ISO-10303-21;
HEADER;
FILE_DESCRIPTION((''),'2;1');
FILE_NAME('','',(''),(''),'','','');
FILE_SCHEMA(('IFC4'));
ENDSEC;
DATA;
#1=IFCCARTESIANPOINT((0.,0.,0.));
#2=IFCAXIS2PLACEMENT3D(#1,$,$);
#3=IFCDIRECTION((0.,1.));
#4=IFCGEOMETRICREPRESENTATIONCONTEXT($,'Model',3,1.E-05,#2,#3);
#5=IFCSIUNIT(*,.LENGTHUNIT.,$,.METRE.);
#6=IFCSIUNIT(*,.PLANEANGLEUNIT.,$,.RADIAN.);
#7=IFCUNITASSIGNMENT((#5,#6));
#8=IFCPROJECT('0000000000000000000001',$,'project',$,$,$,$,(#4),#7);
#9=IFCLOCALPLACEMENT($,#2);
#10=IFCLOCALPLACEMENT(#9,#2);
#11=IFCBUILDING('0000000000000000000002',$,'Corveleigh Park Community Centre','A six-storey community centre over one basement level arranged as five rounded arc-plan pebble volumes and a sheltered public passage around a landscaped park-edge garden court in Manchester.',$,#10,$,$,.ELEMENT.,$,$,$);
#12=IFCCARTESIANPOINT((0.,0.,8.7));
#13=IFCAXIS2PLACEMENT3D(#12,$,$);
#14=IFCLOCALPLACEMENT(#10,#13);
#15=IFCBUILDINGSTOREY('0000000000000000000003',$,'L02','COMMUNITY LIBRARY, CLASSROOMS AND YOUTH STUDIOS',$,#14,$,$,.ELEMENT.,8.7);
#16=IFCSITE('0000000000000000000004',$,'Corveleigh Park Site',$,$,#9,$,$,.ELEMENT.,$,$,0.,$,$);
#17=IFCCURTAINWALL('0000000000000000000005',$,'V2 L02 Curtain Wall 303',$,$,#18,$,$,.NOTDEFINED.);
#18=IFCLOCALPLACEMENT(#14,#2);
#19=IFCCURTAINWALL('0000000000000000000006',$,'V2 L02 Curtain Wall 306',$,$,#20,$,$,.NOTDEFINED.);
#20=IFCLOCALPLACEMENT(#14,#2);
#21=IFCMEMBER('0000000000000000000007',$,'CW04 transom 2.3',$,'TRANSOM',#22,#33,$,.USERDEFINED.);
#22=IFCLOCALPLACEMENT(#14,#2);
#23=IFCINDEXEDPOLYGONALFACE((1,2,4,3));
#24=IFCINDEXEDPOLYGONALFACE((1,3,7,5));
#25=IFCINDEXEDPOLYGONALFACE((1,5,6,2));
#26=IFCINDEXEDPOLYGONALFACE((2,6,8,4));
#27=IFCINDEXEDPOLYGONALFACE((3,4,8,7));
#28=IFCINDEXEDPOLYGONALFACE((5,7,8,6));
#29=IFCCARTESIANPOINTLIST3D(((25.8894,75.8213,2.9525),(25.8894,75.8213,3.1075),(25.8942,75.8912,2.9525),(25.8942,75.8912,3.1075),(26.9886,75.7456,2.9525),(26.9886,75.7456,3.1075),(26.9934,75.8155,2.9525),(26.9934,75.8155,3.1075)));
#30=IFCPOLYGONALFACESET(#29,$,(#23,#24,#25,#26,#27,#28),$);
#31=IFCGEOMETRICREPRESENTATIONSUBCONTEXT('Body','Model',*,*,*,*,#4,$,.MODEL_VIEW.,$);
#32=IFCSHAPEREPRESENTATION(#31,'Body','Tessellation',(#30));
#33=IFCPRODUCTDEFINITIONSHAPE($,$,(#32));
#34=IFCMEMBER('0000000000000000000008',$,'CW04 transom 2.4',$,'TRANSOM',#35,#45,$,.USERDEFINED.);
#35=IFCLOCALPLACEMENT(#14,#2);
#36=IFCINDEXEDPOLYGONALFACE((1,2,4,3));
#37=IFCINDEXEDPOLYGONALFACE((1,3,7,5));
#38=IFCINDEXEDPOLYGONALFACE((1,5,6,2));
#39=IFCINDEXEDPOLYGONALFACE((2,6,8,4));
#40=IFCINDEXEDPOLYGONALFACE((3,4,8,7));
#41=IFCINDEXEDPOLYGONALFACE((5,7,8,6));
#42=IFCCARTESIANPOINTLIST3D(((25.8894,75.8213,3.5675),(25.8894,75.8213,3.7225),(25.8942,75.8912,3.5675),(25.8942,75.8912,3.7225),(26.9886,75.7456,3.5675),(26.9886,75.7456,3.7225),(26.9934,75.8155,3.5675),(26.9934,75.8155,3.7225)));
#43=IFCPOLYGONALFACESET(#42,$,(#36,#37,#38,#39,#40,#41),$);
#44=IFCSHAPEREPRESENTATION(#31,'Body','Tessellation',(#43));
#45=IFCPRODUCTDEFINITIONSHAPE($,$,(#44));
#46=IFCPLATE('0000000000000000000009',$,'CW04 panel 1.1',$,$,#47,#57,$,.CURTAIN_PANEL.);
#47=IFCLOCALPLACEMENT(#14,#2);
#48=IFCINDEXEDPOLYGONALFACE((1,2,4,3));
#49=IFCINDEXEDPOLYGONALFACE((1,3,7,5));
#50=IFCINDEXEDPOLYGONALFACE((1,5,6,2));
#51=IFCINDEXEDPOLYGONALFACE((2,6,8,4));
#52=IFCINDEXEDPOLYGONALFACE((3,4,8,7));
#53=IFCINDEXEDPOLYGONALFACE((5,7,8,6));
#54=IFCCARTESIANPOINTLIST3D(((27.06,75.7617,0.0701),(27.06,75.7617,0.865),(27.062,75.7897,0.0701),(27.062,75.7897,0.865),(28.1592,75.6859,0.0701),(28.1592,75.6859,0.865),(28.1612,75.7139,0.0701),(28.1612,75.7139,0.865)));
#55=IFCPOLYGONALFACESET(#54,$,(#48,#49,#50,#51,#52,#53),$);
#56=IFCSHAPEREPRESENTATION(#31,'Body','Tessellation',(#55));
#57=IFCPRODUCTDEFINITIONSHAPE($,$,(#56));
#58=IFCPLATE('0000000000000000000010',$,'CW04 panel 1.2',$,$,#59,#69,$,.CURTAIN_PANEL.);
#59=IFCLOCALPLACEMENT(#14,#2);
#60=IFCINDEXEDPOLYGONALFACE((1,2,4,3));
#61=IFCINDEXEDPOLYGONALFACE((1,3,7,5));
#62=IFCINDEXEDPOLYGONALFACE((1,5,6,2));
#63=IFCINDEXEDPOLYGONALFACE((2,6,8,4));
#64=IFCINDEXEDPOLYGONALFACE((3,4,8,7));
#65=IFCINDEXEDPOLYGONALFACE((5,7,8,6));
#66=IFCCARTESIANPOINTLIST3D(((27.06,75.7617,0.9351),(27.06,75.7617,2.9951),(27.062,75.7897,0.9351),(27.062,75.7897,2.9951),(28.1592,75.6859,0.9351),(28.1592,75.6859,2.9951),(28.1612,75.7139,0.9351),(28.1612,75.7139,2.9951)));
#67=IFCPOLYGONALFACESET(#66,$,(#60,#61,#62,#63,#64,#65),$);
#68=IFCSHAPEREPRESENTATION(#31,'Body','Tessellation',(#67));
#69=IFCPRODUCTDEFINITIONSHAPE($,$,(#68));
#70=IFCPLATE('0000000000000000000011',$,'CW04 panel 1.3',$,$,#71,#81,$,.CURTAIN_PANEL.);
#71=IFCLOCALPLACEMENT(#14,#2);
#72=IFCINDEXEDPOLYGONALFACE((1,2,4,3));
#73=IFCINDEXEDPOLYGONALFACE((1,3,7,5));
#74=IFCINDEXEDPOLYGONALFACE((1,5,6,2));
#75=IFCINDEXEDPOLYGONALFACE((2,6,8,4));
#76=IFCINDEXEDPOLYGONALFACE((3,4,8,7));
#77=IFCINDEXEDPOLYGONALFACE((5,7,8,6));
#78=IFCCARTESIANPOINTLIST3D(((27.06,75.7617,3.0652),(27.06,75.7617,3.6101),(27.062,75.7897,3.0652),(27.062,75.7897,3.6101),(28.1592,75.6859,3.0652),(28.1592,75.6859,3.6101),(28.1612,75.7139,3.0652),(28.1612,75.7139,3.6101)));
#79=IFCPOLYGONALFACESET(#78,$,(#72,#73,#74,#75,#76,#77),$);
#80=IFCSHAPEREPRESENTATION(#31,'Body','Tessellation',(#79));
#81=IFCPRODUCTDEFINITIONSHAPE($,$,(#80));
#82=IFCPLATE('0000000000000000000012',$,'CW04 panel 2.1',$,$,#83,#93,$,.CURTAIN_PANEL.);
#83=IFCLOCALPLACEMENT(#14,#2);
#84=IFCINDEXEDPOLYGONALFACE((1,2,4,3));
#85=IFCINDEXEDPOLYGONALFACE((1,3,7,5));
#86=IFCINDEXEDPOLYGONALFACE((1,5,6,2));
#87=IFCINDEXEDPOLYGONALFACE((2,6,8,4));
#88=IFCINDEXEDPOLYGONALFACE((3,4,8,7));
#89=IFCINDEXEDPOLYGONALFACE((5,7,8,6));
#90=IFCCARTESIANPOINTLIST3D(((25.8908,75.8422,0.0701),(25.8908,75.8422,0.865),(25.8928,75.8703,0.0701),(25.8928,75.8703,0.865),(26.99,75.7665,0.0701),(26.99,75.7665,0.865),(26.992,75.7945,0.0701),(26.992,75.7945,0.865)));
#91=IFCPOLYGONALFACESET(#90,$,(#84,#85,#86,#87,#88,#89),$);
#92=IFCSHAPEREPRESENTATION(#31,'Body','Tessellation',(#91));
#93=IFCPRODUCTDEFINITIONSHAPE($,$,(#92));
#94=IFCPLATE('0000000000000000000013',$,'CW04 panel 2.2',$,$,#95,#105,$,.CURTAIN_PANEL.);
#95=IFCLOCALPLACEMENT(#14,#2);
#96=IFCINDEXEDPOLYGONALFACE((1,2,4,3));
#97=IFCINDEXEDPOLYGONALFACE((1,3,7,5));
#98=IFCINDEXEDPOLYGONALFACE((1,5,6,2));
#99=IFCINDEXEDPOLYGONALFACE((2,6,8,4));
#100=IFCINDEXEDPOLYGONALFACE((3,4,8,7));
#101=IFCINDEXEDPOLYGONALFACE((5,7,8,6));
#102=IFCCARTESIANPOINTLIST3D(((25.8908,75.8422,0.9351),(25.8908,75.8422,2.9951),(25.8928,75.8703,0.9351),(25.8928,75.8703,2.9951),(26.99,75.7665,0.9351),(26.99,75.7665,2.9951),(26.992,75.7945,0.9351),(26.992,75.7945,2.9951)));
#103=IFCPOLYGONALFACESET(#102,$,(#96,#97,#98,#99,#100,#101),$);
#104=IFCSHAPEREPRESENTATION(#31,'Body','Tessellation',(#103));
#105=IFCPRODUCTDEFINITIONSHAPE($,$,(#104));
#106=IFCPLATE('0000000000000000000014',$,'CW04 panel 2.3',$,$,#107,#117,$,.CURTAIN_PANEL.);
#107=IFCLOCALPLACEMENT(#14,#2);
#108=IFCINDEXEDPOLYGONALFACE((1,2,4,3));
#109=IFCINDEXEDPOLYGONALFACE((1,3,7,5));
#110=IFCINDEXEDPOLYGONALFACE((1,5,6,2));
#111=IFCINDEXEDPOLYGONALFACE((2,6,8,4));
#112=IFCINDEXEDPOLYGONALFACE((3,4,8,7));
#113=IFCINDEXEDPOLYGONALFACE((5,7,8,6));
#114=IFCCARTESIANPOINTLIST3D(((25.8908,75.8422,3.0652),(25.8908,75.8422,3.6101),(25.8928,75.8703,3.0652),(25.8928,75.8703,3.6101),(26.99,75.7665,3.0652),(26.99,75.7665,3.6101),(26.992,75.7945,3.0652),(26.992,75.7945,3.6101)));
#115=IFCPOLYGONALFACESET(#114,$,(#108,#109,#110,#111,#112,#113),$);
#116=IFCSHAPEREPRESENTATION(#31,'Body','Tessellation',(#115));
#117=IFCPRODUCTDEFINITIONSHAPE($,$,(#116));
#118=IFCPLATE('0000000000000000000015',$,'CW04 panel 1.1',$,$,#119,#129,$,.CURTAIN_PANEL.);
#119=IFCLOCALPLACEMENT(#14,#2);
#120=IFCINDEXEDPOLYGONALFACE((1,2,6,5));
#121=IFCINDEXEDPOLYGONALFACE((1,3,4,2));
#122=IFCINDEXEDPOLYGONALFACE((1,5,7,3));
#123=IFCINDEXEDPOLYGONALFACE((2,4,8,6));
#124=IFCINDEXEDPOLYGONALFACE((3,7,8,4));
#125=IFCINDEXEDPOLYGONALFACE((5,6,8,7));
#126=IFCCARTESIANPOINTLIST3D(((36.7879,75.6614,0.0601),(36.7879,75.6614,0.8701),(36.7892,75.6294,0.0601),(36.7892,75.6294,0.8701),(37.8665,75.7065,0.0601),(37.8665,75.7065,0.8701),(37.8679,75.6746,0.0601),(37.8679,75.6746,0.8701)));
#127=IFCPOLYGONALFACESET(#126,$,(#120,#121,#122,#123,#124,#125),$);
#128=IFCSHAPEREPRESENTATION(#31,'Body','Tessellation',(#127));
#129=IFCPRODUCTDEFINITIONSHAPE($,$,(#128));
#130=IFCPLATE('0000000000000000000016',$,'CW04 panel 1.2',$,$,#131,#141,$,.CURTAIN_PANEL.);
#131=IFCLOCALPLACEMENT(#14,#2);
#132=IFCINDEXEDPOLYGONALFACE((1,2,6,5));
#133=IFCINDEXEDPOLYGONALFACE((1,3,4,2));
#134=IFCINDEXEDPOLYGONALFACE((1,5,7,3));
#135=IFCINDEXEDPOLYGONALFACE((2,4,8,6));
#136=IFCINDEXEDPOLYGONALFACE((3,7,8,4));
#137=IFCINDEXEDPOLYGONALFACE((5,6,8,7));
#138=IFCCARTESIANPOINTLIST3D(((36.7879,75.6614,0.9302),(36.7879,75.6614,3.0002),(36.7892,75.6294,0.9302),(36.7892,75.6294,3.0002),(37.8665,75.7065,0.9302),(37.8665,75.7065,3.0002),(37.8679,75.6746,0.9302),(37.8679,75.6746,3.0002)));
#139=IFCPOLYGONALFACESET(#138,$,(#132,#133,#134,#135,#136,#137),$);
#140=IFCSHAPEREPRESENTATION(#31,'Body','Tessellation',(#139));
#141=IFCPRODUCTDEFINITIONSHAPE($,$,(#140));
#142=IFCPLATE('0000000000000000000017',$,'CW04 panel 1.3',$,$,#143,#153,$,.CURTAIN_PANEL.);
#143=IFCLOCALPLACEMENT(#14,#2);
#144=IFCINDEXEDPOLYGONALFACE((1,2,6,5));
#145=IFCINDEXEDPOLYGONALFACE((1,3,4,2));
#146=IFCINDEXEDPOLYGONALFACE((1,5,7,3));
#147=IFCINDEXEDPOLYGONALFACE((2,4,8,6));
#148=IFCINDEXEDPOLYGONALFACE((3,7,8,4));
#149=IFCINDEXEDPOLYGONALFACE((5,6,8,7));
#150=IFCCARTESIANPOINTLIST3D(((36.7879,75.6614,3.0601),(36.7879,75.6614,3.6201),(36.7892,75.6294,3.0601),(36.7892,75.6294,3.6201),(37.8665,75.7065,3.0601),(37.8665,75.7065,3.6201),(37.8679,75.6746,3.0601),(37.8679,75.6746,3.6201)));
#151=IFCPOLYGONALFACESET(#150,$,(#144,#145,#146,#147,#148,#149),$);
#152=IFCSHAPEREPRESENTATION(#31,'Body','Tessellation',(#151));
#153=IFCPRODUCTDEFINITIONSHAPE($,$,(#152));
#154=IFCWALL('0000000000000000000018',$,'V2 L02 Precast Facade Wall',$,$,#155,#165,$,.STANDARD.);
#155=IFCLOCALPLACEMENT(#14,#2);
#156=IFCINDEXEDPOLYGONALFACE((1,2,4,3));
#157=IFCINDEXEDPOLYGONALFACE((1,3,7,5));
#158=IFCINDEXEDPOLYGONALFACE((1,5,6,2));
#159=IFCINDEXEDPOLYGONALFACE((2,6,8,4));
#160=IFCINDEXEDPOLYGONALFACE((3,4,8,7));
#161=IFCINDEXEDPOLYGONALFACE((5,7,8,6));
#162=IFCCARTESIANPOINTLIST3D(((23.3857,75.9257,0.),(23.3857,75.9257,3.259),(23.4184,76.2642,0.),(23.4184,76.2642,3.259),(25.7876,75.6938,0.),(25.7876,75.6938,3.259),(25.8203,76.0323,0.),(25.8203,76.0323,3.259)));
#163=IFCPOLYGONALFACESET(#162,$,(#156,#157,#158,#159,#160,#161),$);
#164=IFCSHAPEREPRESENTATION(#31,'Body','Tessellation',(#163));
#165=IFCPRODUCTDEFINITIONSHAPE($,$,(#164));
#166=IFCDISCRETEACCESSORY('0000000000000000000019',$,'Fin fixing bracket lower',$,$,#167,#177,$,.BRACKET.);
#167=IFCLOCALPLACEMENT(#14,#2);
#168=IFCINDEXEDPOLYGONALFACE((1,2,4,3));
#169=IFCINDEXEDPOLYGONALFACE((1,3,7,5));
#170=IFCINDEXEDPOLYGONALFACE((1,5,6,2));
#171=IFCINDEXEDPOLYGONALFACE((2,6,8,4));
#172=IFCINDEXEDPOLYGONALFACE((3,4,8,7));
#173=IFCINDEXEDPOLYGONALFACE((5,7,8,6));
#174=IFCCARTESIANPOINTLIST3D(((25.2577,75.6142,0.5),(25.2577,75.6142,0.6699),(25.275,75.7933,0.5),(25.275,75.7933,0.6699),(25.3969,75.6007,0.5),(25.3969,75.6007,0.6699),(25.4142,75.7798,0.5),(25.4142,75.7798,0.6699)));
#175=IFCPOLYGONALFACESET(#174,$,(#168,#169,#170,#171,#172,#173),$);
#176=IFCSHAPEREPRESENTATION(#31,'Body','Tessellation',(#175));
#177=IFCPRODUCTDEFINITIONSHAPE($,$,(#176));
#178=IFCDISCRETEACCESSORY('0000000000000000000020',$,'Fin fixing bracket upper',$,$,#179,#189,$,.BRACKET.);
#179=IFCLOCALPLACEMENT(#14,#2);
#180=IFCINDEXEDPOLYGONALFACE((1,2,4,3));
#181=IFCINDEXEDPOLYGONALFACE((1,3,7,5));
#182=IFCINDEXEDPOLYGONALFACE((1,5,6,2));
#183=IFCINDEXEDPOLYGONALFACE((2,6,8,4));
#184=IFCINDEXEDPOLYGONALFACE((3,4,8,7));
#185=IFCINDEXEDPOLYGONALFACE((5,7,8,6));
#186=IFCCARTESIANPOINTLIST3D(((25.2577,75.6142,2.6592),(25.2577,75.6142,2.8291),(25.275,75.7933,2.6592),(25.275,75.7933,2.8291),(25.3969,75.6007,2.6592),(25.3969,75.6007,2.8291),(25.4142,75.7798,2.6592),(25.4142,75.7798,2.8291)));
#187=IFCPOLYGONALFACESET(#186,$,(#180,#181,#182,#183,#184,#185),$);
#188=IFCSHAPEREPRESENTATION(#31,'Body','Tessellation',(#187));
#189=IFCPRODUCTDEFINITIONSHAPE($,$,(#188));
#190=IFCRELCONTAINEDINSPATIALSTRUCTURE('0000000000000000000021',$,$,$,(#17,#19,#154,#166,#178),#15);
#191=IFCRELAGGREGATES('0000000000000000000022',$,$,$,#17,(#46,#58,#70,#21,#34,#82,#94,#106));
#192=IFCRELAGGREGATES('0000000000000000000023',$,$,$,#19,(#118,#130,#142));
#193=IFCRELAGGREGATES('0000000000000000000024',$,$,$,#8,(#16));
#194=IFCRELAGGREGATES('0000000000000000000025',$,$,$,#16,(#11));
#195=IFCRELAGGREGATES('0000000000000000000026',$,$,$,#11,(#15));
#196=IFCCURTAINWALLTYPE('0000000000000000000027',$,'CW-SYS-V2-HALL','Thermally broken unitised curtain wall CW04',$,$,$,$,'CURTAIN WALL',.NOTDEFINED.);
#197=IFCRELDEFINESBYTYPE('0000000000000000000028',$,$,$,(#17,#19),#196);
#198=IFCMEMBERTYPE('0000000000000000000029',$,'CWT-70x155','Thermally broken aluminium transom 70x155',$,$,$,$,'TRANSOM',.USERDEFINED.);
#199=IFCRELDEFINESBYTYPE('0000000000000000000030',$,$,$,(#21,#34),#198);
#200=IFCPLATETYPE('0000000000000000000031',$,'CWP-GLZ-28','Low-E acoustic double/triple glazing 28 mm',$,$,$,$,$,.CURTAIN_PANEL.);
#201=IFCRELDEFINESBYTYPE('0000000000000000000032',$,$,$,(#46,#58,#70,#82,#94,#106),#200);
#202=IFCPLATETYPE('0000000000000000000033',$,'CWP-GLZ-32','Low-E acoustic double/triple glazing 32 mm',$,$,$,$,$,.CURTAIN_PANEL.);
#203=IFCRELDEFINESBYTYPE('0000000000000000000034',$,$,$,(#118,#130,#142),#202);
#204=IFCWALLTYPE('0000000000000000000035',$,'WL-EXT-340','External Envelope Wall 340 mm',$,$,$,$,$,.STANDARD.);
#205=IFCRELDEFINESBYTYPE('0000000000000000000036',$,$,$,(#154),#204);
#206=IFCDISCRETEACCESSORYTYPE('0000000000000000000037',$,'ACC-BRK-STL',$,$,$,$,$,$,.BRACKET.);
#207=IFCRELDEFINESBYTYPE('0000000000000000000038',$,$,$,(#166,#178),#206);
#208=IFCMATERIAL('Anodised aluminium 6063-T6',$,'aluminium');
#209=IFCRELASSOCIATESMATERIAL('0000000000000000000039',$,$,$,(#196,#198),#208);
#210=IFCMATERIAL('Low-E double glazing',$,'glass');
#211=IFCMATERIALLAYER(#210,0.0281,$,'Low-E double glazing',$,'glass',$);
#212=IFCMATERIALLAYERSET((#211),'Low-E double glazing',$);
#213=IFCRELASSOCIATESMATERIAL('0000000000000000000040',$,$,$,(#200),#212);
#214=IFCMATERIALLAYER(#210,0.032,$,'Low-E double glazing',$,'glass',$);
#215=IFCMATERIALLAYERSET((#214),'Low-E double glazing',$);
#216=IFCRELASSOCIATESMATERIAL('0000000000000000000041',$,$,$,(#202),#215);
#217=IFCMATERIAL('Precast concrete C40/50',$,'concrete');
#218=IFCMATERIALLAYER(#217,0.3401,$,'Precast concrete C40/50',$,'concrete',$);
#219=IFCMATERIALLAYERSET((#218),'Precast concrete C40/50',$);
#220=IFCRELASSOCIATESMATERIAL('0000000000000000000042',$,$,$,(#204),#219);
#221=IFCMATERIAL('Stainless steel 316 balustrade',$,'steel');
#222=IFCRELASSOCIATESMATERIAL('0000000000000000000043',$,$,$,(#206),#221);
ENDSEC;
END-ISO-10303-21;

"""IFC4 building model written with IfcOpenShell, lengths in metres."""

from ifc_helpers import new_model, si_unit, direction, frame, frame_2d, origin, origin_2d, place, context, subcontext, project, spatial, rectangle, extrude, material, layer, layer_set, material_profile, profile_set, type_object, element, aggregate, save


model = new_model("IFC4")

# Units and contexts
model_context = context("Model", 3, precision=1e-05, world=origin(), true_north=direction((0.0, 1.0)))
body_context = subcontext(model_context, "Body", "Model", "MODEL_VIEW")
ifc_project = project(units=[si_unit("LENGTHUNIT", "METRE"), si_unit("PLANEANGLEUNIT", "RADIAN")], contexts=[model_context])

# Site, building, storey
site_placement = place(None, origin())
site = spatial("IfcSite", under=ifc_project, at=site_placement, Name="Corveleigh Park Site", CompositionType="ELEMENT", RefElevation=0.0)
building_placement = place(site_placement, origin())
building = spatial("IfcBuilding", under=site, at=building_placement, Name="Corveleigh Park Community Centre", Description="A six-storey community centre over one basement level arranged as five rounded arc-plan pebble volumes and a sheltered public passage around a landscaped park-edge garden court in Manchester.", CompositionType="ELEMENT")
storey_placement = place(building_placement, frame((0.0, 0.0, 8.7)))
storey = spatial("IfcBuildingStorey", under=building, at=storey_placement, Name="L02", Description="COMMUNITY LIBRARY, CLASSROOMS AND YOUTH STUDIOS", CompositionType="ELEMENT", Elevation=8.7)

# Curtain wall
ifc_material_1 = material(Name="Anodised aluminium 6063-T6", Category="aluminium")
curtain_wall_type = type_object("IfcCurtainWallType", Name="CW-SYS-V2-HALL", Description="Thermally broken unitised curtain wall CW04", ElementType="CURTAIN WALL", PredefinedType="NOTDEFINED", material=ifc_material_1)
curtain_wall_1_placement = place(storey_placement, origin())
curtain_wall_1 = element("IfcCurtainWall", 1, at=curtain_wall_1_placement, inside=storey, type_object=curtain_wall_type, Name="V2 L02 Curtain Wall 303", PredefinedType="NOTDEFINED")

# Curtain wall
curtain_wall_2_placement = place(storey_placement, origin())
curtain_wall_2 = element("IfcCurtainWall", 2, at=curtain_wall_2_placement, inside=storey, type_object=curtain_wall_type, Name="V2 L02 Curtain Wall 306", PredefinedType="NOTDEFINED")

# Members
ifc_material_profile_1 = material_profile(ifc_material_1, rectangle(XDim=0.0701, YDim=0.155, at=origin_2d()), Name="ALU-T70x155", Category="aluminium")
ifc_profile_set_1 = profile_set([ifc_material_profile_1], Name="Anodised aluminium 6063-T6")
member_type_1 = type_object("IfcMemberType", Name="CWT-70x155", Description="Thermally broken aluminium transom 70x155", ElementType="TRANSOM", PredefinedType="USERDEFINED", material=ifc_profile_set_1)
member_1_placement = place(storey_placement, frame((26.991, 75.7805, 3.03), z_axis=(-0.997638, 0.068696, 0.0), x_axis=(-0.068696, -0.997638, 0.0)))
member_1 = element("IfcMember", 3, at=member_1_placement, type_object=member_type_1, Name="CW04 transom 2.3", ObjectType="TRANSOM", PredefinedType="USERDEFINED", context=body_context, shape_type="SweptSolid", body=[
    extrude(rectangle(XDim=0.0701, YDim=0.155, at=origin_2d()), origin(), (0.0, 0.0, 1.0), 1.1018),
])
member_2_placement = place(storey_placement, frame((26.991, 75.7805, 3.645), z_axis=(-0.997638, 0.068696, 0.0), x_axis=(-0.068696, -0.997638, 0.0)))
member_2 = element("IfcMember", 4, at=member_2_placement, type_object=member_type_1, Name="CW04 transom 2.4", ObjectType="TRANSOM", PredefinedType="USERDEFINED", context=body_context, shape_type="SweptSolid", body=[
    extrude(rectangle(XDim=0.0701, YDim=0.155, at=origin_2d()), origin(), (0.0, 0.0, 1.0), 1.1018),
])

# Plates
ifc_material_2 = material(Name="Low-E double glazing", Category="glass")
ifc_layer_1 = layer(ifc_material_2, 0.0281, Name="Low-E double glazing", Category="glass")
ifc_layer_set_1 = layer_set([ifc_layer_1], Name="Low-E double glazing")
plate_type_1 = type_object("IfcPlateType", Name="CWP-GLZ-28", Description="Low-E acoustic double/triple glazing 28 mm", PredefinedType="CURTAIN_PANEL", material=ifc_layer_set_1)
plate_1_placement = place(storey_placement, frame((27.6106, 75.7378, 0.0701), z_axis=(0.0, 0.0, 1.0), x_axis=(-0.997632, 0.068774, 0.0)))
plate_1 = element("IfcPlate", 5, at=plate_1_placement, type_object=plate_type_1, Name="CW04 panel 1.1", PredefinedType="CURTAIN_PANEL", context=body_context, shape_type="SweptSolid", body=[
    extrude(rectangle(XDim=1.1018, YDim=0.0281, at=origin_2d()), origin(), (0.0, 0.0, 1.0), 0.7949),
])
plate_2_placement = place(storey_placement, frame((27.6106, 75.7378, 0.9351), z_axis=(0.0, 0.0, 1.0), x_axis=(-0.997632, 0.068774, 0.0)))
plate_2 = element("IfcPlate", 6, at=plate_2_placement, type_object=plate_type_1, Name="CW04 panel 1.2", PredefinedType="CURTAIN_PANEL", context=body_context, shape_type="SweptSolid", body=[
    extrude(rectangle(XDim=1.1018, YDim=0.0281, at=origin_2d()), origin(), (0.0, 0.0, 1.0), 2.0601),
])
plate_3_placement = place(storey_placement, frame((27.6106, 75.7378, 3.0652), z_axis=(0.0, 0.0, 1.0), x_axis=(-0.997632, 0.068774, 0.0)))
plate_3 = element("IfcPlate", 7, at=plate_3_placement, type_object=plate_type_1, Name="CW04 panel 1.3", PredefinedType="CURTAIN_PANEL", context=body_context, shape_type="SweptSolid", body=[
    extrude(rectangle(XDim=1.1018, YDim=0.0281, at=origin_2d()), origin(), (0.0, 0.0, 1.0), 0.5449),
])
plate_4_placement = place(storey_placement, frame((26.4414, 75.8184, 0.0701), z_axis=(0.0, 0.0, 1.0), x_axis=(-0.997632, 0.068774, 0.0)))
plate_4 = element("IfcPlate", 8, at=plate_4_placement, type_object=plate_type_1, Name="CW04 panel 2.1", PredefinedType="CURTAIN_PANEL", context=body_context, shape_type="SweptSolid", body=[
    extrude(rectangle(XDim=1.1018, YDim=0.0281, at=origin_2d()), origin(), (0.0, 0.0, 1.0), 0.7949),
])
plate_5_placement = place(storey_placement, frame((26.4414, 75.8184, 0.9351), z_axis=(0.0, 0.0, 1.0), x_axis=(-0.997632, 0.068774, 0.0)))
plate_5 = element("IfcPlate", 9, at=plate_5_placement, type_object=plate_type_1, Name="CW04 panel 2.2", PredefinedType="CURTAIN_PANEL", context=body_context, shape_type="SweptSolid", body=[
    extrude(rectangle(XDim=1.1018, YDim=0.0281, at=origin_2d()), origin(), (0.0, 0.0, 1.0), 2.0601),
])
plate_6_placement = place(storey_placement, frame((26.4414, 75.8184, 3.0652), z_axis=(0.0, 0.0, 1.0), x_axis=(-0.997632, 0.068774, 0.0)))
plate_6 = element("IfcPlate", 10, at=plate_6_placement, type_object=plate_type_1, Name="CW04 panel 2.3", PredefinedType="CURTAIN_PANEL", context=body_context, shape_type="SweptSolid", body=[
    extrude(rectangle(XDim=1.1018, YDim=0.0281, at=origin_2d()), origin(), (0.0, 0.0, 1.0), 0.5449),
])
aggregate(curtain_wall_1, [plate_1, plate_2, plate_3, member_1, member_2, plate_4, plate_5, plate_6])
ifc_layer_2 = layer(ifc_material_2, 0.032, Name="Low-E double glazing", Category="glass")
ifc_layer_set_2 = layer_set([ifc_layer_2], Name="Low-E double glazing")
plate_type_2 = type_object("IfcPlateType", Name="CWP-GLZ-32", Description="Low-E acoustic double/triple glazing 32 mm", PredefinedType="CURTAIN_PANEL", material=ifc_layer_set_2)
plate_7_placement = place(storey_placement, frame((37.3279, 75.668, 0.0601), z_axis=(0.0, 0.0, 1.0), x_axis=(-0.999124, -0.041837, 0.0)))
plate_7 = element("IfcPlate", 11, at=plate_7_placement, type_object=plate_type_2, Name="CW04 panel 1.1", PredefinedType="CURTAIN_PANEL", context=body_context, shape_type="SweptSolid", body=[
    extrude(rectangle(XDim=1.0796, YDim=0.032, at=origin_2d()), origin(), (0.0, 0.0, 1.0), 0.8101),
])
plate_8_placement = place(storey_placement, frame((37.3279, 75.668, 0.9302), z_axis=(0.0, 0.0, 1.0), x_axis=(-0.999124, -0.041837, 0.0)))
plate_8 = element("IfcPlate", 12, at=plate_8_placement, type_object=plate_type_2, Name="CW04 panel 1.2", PredefinedType="CURTAIN_PANEL", context=body_context, shape_type="SweptSolid", body=[
    extrude(rectangle(XDim=1.0796, YDim=0.032, at=origin_2d()), origin(), (0.0, 0.0, 1.0), 2.0701),
])
plate_9_placement = place(storey_placement, frame((37.3279, 75.668, 3.0601), z_axis=(0.0, 0.0, 1.0), x_axis=(-0.999124, -0.041837, 0.0)))
plate_9 = element("IfcPlate", 13, at=plate_9_placement, type_object=plate_type_2, Name="CW04 panel 1.3", PredefinedType="CURTAIN_PANEL", context=body_context, shape_type="SweptSolid", body=[
    extrude(rectangle(XDim=1.0796, YDim=0.032, at=origin_2d()), origin(), (0.0, 0.0, 1.0), 0.5601),
])
aggregate(curtain_wall_2, [plate_7, plate_8, plate_9])

# Wall
ifc_material_3 = material(Name="Precast concrete C40/50", Category="concrete")
ifc_layer_3 = layer(ifc_material_3, 0.3401, Name="Precast concrete C40/50", Category="concrete")
ifc_layer_set_3 = layer_set([ifc_layer_3], Name="Precast concrete C40/50")
wall_type = type_object("IfcWallType", Name="WL-EXT-340", Description="External Envelope Wall 340 mm", PredefinedType="STANDARD", material=ifc_layer_set_3)
wall_placement = place(storey_placement, frame((25.804, 75.863, 0.0), z_axis=(0.0, 0.0, 1.0), x_axis=(-0.99537, 0.096117, 0.0)))
element("IfcWall", 14, at=wall_placement, inside=storey, type_object=wall_type, Name="V2 L02 Precast Facade Wall", PredefinedType="STANDARD", context=body_context, shape_type="SweptSolid", body=[
    extrude(rectangle(XDim=2.4131, YDim=0.3401, at=frame_2d((1.2065, 0.0))), origin(), (0.0, 0.0, 1.0), 3.259),
])

# Discrete accessories
ifc_material_4 = material(Name="Stainless steel 316 balustrade", Category="steel")
discrete_accessory_type = type_object("IfcDiscreteAccessoryType", Name="ACC-BRK-STL", PredefinedType="BRACKET", material=ifc_material_4)
for number, where, z_axis, x_axis, name in (
    (15, (25.3359, 75.697, 0.5), (0.0, 0.0, 1.0), (-0.096139, -0.995368, 0.0), "Fin fixing bracket lower"),
    (16, (25.3359, 75.697, 2.6592), (0.0, 0.0, 1.0), (-0.096139, -0.995368, 0.0), "Fin fixing bracket upper"),
):
    element("IfcDiscreteAccessory", number, at=place(storey_placement, frame(where, z_axis=z_axis, x_axis=x_axis)), inside=storey, type_object=discrete_accessory_type, Name=name, PredefinedType="BRACKET", context=body_context, shape_type="SweptSolid", body=[
        extrude(rectangle(XDim=0.1799, YDim=0.1399, at=origin_2d()), origin(), (0.0, 0.0, 1.0), 0.1699),
    ])

save(model, "model.ifc")
